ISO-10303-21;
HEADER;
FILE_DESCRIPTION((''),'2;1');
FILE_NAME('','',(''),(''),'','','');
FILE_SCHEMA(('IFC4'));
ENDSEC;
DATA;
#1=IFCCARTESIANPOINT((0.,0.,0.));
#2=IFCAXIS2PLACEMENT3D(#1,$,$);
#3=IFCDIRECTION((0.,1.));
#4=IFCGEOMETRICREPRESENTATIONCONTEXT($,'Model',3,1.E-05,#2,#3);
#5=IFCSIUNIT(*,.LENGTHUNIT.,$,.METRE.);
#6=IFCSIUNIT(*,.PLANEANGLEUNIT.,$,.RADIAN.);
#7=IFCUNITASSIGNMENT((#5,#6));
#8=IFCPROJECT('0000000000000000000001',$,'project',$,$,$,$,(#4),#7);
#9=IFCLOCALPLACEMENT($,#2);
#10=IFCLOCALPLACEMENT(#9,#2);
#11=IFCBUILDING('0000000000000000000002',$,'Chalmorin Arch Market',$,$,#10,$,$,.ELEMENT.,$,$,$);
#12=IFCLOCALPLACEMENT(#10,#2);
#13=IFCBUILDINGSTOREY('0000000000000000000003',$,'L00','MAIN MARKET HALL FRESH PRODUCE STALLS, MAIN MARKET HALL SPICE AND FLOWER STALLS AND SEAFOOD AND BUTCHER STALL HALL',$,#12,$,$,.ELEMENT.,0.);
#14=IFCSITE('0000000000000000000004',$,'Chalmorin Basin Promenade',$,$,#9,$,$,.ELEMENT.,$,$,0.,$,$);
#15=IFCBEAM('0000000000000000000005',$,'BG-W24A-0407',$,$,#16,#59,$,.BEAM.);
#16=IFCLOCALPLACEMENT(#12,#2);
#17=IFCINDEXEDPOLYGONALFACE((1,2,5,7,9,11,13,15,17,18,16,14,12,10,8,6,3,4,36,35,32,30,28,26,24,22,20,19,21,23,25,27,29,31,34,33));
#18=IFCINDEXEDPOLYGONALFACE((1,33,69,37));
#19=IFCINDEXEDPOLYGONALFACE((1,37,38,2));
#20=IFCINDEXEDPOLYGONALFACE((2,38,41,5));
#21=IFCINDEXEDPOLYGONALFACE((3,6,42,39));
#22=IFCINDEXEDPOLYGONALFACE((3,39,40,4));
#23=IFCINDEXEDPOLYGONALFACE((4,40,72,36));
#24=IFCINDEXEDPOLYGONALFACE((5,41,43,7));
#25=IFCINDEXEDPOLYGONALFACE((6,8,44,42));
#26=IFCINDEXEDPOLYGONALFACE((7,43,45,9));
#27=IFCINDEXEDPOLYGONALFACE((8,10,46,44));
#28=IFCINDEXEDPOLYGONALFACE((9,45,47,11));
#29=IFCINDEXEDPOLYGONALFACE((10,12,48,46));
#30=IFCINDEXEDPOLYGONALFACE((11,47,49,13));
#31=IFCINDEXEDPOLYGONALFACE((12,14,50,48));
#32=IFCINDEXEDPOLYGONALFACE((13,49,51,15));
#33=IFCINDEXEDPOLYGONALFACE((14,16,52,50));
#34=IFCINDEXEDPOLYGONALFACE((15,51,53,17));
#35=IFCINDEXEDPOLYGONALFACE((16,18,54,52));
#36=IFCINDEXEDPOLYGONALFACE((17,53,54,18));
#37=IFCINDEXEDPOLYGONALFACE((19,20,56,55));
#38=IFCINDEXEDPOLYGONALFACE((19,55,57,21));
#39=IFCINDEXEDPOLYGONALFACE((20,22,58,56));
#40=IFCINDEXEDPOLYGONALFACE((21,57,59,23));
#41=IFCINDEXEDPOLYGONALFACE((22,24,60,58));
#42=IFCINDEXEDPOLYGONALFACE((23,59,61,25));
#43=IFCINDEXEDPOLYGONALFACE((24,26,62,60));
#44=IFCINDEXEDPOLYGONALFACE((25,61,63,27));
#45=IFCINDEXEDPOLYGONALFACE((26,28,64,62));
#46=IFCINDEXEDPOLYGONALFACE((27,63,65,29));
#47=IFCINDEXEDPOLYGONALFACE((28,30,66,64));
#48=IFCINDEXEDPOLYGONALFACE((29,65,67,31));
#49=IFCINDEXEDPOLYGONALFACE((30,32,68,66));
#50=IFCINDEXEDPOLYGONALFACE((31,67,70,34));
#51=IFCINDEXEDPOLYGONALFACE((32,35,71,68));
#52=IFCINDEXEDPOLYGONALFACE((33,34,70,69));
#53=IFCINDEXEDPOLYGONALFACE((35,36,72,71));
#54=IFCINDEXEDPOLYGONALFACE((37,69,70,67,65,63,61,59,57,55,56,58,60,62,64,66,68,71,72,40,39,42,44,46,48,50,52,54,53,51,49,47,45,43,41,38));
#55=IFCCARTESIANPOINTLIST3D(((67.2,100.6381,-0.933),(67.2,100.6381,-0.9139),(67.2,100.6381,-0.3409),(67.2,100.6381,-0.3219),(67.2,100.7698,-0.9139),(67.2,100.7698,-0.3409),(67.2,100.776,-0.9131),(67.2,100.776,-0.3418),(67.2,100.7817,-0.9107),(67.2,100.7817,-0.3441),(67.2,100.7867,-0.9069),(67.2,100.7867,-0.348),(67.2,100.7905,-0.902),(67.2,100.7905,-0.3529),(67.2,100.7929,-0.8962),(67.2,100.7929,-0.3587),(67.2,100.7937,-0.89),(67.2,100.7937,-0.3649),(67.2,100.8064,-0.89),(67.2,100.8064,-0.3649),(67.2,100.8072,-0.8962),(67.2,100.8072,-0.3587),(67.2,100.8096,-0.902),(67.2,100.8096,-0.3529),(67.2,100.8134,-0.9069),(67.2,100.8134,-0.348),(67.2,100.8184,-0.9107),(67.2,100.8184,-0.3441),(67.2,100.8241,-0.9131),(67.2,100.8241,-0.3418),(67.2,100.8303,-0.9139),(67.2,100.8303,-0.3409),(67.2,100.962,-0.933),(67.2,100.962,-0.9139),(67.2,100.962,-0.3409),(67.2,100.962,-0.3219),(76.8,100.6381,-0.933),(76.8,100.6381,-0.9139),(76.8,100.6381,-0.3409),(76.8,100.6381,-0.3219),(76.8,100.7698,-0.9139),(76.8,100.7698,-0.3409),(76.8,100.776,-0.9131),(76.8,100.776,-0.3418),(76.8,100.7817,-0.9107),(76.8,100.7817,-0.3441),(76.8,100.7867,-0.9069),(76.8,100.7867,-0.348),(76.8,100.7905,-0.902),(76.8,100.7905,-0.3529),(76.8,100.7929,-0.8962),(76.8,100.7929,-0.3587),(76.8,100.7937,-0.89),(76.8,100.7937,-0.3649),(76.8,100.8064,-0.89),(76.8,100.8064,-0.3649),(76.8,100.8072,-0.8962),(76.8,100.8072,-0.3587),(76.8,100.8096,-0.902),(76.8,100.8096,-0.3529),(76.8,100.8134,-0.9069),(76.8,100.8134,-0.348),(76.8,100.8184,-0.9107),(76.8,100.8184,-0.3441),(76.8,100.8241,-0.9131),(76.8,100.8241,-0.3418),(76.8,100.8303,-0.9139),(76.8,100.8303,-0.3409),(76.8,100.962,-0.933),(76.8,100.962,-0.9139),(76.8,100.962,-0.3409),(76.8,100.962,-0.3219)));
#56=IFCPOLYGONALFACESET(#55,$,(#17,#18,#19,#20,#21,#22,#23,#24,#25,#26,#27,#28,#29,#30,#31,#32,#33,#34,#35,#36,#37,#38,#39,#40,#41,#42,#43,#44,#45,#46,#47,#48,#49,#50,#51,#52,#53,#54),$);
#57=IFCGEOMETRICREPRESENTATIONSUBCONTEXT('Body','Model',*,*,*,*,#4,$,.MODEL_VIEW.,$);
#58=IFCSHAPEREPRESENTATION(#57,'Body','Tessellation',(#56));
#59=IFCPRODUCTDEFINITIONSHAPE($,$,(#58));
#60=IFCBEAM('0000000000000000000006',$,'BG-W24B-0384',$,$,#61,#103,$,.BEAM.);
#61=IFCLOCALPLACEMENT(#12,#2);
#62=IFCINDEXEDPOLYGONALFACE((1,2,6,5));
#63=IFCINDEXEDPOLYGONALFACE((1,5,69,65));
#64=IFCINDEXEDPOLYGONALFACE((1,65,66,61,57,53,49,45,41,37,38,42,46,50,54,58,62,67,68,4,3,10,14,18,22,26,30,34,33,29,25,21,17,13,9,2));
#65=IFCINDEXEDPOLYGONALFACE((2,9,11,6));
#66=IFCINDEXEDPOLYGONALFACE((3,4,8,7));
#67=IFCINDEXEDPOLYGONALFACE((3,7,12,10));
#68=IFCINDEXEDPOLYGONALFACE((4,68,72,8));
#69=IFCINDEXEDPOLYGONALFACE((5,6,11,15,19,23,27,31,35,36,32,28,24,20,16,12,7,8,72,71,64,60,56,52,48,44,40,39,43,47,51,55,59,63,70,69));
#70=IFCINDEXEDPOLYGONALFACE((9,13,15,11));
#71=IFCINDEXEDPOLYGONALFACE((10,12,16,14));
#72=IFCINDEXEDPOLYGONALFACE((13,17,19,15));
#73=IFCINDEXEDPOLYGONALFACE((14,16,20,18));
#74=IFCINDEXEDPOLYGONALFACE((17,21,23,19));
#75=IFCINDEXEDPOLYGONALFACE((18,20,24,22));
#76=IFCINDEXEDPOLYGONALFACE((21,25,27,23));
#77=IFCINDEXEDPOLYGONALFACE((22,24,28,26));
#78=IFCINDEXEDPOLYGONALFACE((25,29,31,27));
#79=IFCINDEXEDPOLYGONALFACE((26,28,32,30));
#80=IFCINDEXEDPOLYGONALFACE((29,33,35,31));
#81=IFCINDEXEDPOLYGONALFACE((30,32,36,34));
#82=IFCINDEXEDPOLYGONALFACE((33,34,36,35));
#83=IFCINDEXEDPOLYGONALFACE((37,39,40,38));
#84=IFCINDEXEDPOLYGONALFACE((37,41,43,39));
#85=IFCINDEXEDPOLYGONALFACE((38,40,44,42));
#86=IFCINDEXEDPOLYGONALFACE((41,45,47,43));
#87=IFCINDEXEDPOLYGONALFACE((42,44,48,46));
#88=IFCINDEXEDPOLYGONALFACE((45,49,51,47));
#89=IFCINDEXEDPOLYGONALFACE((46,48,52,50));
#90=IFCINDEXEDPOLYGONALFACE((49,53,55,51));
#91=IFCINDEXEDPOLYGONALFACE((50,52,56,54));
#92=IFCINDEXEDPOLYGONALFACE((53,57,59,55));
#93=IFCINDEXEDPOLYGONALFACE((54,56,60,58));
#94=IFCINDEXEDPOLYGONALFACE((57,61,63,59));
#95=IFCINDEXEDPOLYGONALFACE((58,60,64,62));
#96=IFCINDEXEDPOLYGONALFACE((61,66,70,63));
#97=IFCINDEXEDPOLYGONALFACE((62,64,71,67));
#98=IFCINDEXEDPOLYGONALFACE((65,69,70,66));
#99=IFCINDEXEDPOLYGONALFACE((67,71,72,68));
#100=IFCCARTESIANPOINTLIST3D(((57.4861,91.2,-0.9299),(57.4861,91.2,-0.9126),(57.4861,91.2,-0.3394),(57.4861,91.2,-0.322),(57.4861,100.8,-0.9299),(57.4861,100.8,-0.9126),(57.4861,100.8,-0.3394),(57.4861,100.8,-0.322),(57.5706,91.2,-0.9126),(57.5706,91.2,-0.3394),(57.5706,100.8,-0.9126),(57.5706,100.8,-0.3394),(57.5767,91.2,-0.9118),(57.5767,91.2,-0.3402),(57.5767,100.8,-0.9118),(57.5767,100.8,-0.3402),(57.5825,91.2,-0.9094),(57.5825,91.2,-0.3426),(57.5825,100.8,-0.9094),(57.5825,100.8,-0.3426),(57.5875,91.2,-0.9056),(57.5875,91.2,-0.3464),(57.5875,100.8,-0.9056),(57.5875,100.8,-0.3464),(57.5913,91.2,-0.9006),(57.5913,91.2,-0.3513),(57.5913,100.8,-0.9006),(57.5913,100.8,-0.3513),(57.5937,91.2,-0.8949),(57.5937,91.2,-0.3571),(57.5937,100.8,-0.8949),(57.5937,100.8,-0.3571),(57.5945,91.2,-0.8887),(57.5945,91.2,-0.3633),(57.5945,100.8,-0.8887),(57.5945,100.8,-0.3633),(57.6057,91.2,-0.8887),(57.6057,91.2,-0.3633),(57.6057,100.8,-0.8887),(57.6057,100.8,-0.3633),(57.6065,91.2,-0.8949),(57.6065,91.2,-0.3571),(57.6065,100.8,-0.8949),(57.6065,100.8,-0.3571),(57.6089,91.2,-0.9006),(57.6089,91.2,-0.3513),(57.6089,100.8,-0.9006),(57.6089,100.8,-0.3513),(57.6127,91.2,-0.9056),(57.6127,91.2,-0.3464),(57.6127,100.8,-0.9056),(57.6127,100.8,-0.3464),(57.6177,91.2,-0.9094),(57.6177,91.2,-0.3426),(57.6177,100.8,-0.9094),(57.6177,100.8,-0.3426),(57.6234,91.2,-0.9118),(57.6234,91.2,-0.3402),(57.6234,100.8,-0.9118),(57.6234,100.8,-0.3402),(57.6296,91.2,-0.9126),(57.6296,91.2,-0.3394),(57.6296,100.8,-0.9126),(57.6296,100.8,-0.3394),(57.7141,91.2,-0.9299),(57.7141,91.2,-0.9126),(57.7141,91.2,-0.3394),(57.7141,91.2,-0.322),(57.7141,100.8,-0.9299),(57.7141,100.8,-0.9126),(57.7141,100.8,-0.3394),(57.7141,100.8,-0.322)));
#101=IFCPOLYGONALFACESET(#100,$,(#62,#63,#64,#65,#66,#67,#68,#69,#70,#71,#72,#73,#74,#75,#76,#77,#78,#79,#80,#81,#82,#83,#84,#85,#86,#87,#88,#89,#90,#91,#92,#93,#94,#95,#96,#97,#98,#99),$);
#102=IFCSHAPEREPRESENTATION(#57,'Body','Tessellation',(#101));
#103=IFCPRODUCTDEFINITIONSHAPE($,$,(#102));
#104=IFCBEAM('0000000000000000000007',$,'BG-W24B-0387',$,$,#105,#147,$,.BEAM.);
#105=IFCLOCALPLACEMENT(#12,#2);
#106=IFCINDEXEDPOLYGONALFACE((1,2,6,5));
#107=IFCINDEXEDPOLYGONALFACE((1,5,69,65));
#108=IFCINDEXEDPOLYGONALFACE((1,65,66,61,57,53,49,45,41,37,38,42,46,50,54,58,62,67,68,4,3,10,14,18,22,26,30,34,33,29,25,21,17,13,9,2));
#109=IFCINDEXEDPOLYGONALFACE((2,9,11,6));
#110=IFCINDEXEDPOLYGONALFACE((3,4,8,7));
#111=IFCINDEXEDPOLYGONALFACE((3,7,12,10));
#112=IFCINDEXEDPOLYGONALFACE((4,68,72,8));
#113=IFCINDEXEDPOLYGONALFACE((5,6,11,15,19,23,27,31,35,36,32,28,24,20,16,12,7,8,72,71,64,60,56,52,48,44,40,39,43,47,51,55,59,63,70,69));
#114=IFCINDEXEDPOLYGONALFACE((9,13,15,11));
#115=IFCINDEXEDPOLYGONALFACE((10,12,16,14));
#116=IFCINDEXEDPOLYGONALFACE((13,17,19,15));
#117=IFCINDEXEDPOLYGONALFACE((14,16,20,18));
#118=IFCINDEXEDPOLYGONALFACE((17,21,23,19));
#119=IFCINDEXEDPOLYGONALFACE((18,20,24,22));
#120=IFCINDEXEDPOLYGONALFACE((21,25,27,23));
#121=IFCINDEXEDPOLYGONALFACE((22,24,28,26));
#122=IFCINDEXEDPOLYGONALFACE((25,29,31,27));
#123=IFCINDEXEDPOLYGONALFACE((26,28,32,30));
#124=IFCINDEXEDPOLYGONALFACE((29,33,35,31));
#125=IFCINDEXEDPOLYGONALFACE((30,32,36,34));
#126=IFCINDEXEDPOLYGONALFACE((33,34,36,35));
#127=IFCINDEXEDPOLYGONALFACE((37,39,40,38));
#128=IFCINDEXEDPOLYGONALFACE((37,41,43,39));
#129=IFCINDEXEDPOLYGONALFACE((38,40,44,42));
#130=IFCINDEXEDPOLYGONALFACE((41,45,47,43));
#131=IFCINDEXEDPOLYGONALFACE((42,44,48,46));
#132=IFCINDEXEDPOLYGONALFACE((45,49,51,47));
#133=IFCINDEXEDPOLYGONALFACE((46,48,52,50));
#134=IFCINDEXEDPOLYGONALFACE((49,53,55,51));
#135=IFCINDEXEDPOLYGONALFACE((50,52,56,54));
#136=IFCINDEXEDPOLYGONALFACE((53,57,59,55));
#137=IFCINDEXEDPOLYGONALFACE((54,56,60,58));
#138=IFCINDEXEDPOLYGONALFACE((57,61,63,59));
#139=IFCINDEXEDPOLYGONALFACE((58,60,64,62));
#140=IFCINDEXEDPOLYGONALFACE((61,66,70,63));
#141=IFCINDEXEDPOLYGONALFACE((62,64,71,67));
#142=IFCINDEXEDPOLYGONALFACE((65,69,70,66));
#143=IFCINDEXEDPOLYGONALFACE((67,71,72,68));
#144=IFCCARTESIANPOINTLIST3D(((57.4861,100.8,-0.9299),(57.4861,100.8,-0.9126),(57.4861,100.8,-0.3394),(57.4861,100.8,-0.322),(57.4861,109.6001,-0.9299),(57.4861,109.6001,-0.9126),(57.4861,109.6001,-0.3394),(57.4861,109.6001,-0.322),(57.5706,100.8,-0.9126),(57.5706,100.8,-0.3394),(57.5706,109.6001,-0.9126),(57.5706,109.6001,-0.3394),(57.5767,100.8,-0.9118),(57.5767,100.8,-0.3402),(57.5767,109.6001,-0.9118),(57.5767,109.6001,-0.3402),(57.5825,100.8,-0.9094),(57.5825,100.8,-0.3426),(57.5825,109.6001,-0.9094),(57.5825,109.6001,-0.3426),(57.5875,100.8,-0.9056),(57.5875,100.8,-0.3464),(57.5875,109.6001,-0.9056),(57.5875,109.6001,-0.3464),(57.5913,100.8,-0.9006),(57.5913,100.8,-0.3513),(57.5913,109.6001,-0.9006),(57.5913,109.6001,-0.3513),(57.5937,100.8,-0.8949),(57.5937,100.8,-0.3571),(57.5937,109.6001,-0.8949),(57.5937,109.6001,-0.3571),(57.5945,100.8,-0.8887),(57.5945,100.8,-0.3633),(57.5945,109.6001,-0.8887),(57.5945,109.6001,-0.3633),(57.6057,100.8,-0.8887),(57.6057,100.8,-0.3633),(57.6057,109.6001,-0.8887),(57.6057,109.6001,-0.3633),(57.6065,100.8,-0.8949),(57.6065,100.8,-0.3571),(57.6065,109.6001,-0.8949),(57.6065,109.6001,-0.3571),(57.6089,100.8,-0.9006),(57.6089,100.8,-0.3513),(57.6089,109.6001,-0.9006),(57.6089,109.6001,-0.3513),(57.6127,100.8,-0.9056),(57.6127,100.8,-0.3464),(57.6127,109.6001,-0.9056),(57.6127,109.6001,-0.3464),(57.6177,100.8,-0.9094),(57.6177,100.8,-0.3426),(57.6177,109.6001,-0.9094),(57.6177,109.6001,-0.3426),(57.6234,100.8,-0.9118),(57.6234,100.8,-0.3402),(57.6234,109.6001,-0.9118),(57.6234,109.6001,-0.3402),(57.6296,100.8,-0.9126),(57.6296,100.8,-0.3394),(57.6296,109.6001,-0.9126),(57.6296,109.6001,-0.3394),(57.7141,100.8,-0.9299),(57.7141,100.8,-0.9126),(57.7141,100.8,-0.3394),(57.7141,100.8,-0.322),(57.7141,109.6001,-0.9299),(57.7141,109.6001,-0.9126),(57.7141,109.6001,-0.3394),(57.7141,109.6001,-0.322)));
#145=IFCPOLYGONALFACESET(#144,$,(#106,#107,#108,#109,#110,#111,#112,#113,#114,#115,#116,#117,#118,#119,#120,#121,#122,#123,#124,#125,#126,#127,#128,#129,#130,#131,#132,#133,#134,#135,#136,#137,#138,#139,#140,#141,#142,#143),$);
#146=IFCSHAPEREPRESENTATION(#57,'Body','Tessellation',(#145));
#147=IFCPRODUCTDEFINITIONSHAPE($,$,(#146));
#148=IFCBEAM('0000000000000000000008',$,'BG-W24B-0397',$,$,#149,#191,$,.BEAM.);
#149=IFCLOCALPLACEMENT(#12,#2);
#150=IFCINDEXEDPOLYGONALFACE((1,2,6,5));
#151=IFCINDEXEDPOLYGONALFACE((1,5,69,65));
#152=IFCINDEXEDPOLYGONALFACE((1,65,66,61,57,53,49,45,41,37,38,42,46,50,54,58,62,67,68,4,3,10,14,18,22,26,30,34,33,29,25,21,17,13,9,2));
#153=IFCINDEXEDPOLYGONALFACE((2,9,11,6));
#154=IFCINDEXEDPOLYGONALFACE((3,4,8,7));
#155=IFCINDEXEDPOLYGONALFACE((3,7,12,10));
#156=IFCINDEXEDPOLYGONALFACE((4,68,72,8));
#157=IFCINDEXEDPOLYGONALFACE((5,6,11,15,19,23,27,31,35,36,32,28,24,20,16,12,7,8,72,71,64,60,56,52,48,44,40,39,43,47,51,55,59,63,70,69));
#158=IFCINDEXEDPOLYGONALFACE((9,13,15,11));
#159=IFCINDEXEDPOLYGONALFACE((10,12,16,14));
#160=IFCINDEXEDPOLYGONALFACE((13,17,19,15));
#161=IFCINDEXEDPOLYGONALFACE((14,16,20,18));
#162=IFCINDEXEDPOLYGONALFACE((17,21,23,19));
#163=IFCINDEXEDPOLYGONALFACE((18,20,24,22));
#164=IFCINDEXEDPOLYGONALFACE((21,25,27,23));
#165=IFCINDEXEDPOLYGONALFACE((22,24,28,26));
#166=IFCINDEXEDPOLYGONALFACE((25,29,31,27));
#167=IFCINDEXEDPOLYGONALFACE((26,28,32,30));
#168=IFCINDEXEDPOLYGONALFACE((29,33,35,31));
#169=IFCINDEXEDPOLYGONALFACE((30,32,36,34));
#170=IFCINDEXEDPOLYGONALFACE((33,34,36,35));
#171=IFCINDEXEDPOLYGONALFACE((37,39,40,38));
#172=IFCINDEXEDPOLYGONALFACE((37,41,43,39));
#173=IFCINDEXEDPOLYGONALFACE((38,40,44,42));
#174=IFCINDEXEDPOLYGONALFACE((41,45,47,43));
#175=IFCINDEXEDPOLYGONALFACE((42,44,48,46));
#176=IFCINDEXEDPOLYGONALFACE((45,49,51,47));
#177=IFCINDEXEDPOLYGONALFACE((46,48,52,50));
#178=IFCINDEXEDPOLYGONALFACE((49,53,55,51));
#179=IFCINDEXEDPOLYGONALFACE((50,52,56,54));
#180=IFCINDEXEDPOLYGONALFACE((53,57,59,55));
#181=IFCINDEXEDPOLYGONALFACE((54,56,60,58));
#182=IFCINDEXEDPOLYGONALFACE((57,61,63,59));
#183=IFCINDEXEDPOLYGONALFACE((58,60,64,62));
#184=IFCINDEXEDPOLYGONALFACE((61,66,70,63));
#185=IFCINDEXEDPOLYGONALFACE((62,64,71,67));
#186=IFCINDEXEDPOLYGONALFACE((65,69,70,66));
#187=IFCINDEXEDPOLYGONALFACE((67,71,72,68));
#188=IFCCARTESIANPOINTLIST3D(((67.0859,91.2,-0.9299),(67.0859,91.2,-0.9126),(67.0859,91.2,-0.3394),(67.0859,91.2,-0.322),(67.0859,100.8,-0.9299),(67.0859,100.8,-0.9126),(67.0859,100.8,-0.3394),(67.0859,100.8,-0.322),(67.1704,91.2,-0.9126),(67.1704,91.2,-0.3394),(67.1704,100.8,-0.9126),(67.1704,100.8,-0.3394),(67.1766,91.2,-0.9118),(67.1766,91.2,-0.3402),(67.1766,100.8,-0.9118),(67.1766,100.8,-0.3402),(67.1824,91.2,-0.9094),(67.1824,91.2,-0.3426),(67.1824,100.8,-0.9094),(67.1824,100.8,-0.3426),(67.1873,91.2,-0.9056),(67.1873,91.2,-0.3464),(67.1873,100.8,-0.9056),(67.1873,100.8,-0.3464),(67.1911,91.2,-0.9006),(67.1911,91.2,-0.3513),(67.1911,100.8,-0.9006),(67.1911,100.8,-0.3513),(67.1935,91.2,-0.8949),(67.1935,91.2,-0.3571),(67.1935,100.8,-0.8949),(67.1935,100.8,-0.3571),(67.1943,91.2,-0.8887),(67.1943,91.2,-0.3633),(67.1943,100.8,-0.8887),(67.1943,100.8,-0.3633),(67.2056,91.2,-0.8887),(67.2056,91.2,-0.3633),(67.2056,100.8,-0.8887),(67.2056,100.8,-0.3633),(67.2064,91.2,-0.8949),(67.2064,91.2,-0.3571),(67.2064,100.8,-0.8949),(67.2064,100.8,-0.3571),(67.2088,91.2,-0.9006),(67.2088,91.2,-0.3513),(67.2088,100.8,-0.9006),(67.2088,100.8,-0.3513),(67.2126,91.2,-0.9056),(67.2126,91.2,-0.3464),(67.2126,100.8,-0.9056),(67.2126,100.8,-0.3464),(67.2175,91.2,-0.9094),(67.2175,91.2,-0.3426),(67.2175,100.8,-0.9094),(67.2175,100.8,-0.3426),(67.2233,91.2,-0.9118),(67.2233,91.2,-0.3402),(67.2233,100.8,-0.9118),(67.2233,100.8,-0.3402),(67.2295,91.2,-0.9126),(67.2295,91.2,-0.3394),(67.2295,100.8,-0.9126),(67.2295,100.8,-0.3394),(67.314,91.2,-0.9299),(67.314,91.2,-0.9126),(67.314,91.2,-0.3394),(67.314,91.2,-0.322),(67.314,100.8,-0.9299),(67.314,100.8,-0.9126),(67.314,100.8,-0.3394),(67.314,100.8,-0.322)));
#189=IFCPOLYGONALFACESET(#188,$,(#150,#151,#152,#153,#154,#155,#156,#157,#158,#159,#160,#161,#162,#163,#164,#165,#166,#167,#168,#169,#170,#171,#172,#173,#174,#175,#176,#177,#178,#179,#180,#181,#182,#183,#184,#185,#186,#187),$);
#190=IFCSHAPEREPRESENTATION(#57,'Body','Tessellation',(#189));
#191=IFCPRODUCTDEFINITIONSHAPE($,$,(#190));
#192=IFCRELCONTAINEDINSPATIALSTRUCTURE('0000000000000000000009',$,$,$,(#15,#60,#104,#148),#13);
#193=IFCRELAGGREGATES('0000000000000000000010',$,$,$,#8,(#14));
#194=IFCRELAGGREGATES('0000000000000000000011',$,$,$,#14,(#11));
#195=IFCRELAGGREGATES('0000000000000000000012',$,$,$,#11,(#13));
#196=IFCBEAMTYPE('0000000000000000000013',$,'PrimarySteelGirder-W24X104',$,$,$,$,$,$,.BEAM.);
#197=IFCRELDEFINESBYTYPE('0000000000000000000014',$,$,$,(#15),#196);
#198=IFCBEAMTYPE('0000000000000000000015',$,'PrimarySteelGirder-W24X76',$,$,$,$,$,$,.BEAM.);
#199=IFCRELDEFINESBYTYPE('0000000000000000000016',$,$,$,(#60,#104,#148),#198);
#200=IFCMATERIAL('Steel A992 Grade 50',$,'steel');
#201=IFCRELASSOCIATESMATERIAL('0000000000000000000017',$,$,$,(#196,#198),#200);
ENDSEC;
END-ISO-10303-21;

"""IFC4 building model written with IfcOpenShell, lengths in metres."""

from ifc_helpers import new_model, si_unit, direction, frame, origin, origin_2d, place, context, subcontext, project, spatial, i_section, extrude, material, material_profile, profile_set, type_object, element, save


model = new_model("IFC4")

# Units and contexts
model_context = context("Model", 3, precision=1e-05, world=origin(), true_north=direction((0.0, 1.0)))
body_context = subcontext(model_context, "Body", "Model", "MODEL_VIEW")
ifc_project = project(units=[si_unit("LENGTHUNIT", "METRE"), si_unit("PLANEANGLEUNIT", "RADIAN")], contexts=[model_context])

# Site, building, storey
site_placement = place(None, origin())
site = spatial("IfcSite", under=ifc_project, at=site_placement, Name="Chalmorin Basin Promenade", CompositionType="ELEMENT", RefElevation=0.0)
building_placement = place(site_placement, origin())
building = spatial("IfcBuilding", under=site, at=building_placement, Name="Chalmorin Arch Market", CompositionType="ELEMENT")
storey_placement = place(building_placement, origin())
storey = spatial("IfcBuildingStorey", under=building, at=storey_placement, Name="L00", Description="MAIN MARKET HALL FRESH PRODUCE STALLS, MAIN MARKET HALL SPICE AND FLOWER STALLS AND SEAFOOD AND BUTCHER STALL HALL", CompositionType="ELEMENT", Elevation=0.0)

# Beams
ifc_material_1 = material(Name="Steel A992 Grade 50", Category="steel")
ifc_material_profile_1 = material_profile(ifc_material_1, i_section(OverallWidth=0.324, OverallDepth=0.6111, WebThickness=0.0127, FlangeThickness=0.019, FilletRadius=0.0239, at=origin_2d()), Name="W24X104")
ifc_profile_set_1 = profile_set([ifc_material_profile_1], Name="Steel A992 Grade 50")
beam_type_1 = type_object("IfcBeamType", Name="PrimarySteelGirder-W24X104", PredefinedType="BEAM", material=ifc_profile_set_1)
for number, where, z_axis, x_axis, name in (
    (1, (67.2, 100.8, -0.6274), (1.0, 0.0, 0.0), (0.0, 1.0, 0.0), "BG-W24A-0407"),
):
    element("IfcBeam", number, at=place(storey_placement, frame(where, z_axis=z_axis, x_axis=x_axis)), inside=storey, type_object=beam_type_1, Name=name, PredefinedType="BEAM", context=body_context, shape_type="SweptSolid", body=[
        extrude(i_section(OverallWidth=0.324, OverallDepth=0.6111, WebThickness=0.0127, FlangeThickness=0.019, FilletRadius=0.0239, at=origin_2d()), origin(), (0.0, 0.0, 1.0), 9.6001),
    ])
ifc_material_profile_2 = material_profile(ifc_material_1, i_section(OverallWidth=0.228, OverallDepth=0.6079, WebThickness=0.0112, FlangeThickness=0.0173, FilletRadius=0.0239, at=origin_2d()), Name="W24X76")
ifc_profile_set_2 = profile_set([ifc_material_profile_2], Name="Steel A992 Grade 50")
beam_type_2 = type_object("IfcBeamType", Name="PrimarySteelGirder-W24X76", PredefinedType="BEAM", material=ifc_profile_set_2)
beam_1_placement = place(storey_placement, frame((57.6001, 91.2, -0.626), z_axis=(0.0, 1.0, 0.0), x_axis=(-1.0, 0.0, 0.0)))
element("IfcBeam", 2, at=beam_1_placement, inside=storey, type_object=beam_type_2, Name="BG-W24B-0384", PredefinedType="BEAM", context=body_context, shape_type="SweptSolid", body=[
    extrude(i_section(OverallWidth=0.228, OverallDepth=0.6079, WebThickness=0.0112, FlangeThickness=0.0173, FilletRadius=0.0239, at=origin_2d()), origin(), (0.0, 0.0, 1.0), 9.6001),
])
beam_2_placement = place(storey_placement, frame((57.6001, 100.8, -0.626), z_axis=(0.0, 1.0, 0.0), x_axis=(-1.0, 0.0, 0.0)))
element("IfcBeam", 3, at=beam_2_placement, inside=storey, type_object=beam_type_2, Name="BG-W24B-0387", PredefinedType="BEAM", context=body_context, shape_type="SweptSolid", body=[
    extrude(i_section(OverallWidth=0.228, OverallDepth=0.6079, WebThickness=0.0112, FlangeThickness=0.0173, FilletRadius=0.0239, at=origin_2d()), origin(), (0.0, 0.0, 1.0), 8.8),
])
beam_3_placement = place(storey_placement, frame((67.2, 91.2, -0.626), z_axis=(0.0, 1.0, 0.0), x_axis=(-1.0, 0.0, 0.0)))
element("IfcBeam", 4, at=beam_3_placement, inside=storey, type_object=beam_type_2, Name="BG-W24B-0397", PredefinedType="BEAM", context=body_context, shape_type="SweptSolid", body=[
    extrude(i_section(OverallWidth=0.228, OverallDepth=0.6079, WebThickness=0.0112, FlangeThickness=0.0173, FilletRadius=0.0239, at=origin_2d()), origin(), (0.0, 0.0, 1.0), 9.6001),
])

save(model, "model.ifc")
